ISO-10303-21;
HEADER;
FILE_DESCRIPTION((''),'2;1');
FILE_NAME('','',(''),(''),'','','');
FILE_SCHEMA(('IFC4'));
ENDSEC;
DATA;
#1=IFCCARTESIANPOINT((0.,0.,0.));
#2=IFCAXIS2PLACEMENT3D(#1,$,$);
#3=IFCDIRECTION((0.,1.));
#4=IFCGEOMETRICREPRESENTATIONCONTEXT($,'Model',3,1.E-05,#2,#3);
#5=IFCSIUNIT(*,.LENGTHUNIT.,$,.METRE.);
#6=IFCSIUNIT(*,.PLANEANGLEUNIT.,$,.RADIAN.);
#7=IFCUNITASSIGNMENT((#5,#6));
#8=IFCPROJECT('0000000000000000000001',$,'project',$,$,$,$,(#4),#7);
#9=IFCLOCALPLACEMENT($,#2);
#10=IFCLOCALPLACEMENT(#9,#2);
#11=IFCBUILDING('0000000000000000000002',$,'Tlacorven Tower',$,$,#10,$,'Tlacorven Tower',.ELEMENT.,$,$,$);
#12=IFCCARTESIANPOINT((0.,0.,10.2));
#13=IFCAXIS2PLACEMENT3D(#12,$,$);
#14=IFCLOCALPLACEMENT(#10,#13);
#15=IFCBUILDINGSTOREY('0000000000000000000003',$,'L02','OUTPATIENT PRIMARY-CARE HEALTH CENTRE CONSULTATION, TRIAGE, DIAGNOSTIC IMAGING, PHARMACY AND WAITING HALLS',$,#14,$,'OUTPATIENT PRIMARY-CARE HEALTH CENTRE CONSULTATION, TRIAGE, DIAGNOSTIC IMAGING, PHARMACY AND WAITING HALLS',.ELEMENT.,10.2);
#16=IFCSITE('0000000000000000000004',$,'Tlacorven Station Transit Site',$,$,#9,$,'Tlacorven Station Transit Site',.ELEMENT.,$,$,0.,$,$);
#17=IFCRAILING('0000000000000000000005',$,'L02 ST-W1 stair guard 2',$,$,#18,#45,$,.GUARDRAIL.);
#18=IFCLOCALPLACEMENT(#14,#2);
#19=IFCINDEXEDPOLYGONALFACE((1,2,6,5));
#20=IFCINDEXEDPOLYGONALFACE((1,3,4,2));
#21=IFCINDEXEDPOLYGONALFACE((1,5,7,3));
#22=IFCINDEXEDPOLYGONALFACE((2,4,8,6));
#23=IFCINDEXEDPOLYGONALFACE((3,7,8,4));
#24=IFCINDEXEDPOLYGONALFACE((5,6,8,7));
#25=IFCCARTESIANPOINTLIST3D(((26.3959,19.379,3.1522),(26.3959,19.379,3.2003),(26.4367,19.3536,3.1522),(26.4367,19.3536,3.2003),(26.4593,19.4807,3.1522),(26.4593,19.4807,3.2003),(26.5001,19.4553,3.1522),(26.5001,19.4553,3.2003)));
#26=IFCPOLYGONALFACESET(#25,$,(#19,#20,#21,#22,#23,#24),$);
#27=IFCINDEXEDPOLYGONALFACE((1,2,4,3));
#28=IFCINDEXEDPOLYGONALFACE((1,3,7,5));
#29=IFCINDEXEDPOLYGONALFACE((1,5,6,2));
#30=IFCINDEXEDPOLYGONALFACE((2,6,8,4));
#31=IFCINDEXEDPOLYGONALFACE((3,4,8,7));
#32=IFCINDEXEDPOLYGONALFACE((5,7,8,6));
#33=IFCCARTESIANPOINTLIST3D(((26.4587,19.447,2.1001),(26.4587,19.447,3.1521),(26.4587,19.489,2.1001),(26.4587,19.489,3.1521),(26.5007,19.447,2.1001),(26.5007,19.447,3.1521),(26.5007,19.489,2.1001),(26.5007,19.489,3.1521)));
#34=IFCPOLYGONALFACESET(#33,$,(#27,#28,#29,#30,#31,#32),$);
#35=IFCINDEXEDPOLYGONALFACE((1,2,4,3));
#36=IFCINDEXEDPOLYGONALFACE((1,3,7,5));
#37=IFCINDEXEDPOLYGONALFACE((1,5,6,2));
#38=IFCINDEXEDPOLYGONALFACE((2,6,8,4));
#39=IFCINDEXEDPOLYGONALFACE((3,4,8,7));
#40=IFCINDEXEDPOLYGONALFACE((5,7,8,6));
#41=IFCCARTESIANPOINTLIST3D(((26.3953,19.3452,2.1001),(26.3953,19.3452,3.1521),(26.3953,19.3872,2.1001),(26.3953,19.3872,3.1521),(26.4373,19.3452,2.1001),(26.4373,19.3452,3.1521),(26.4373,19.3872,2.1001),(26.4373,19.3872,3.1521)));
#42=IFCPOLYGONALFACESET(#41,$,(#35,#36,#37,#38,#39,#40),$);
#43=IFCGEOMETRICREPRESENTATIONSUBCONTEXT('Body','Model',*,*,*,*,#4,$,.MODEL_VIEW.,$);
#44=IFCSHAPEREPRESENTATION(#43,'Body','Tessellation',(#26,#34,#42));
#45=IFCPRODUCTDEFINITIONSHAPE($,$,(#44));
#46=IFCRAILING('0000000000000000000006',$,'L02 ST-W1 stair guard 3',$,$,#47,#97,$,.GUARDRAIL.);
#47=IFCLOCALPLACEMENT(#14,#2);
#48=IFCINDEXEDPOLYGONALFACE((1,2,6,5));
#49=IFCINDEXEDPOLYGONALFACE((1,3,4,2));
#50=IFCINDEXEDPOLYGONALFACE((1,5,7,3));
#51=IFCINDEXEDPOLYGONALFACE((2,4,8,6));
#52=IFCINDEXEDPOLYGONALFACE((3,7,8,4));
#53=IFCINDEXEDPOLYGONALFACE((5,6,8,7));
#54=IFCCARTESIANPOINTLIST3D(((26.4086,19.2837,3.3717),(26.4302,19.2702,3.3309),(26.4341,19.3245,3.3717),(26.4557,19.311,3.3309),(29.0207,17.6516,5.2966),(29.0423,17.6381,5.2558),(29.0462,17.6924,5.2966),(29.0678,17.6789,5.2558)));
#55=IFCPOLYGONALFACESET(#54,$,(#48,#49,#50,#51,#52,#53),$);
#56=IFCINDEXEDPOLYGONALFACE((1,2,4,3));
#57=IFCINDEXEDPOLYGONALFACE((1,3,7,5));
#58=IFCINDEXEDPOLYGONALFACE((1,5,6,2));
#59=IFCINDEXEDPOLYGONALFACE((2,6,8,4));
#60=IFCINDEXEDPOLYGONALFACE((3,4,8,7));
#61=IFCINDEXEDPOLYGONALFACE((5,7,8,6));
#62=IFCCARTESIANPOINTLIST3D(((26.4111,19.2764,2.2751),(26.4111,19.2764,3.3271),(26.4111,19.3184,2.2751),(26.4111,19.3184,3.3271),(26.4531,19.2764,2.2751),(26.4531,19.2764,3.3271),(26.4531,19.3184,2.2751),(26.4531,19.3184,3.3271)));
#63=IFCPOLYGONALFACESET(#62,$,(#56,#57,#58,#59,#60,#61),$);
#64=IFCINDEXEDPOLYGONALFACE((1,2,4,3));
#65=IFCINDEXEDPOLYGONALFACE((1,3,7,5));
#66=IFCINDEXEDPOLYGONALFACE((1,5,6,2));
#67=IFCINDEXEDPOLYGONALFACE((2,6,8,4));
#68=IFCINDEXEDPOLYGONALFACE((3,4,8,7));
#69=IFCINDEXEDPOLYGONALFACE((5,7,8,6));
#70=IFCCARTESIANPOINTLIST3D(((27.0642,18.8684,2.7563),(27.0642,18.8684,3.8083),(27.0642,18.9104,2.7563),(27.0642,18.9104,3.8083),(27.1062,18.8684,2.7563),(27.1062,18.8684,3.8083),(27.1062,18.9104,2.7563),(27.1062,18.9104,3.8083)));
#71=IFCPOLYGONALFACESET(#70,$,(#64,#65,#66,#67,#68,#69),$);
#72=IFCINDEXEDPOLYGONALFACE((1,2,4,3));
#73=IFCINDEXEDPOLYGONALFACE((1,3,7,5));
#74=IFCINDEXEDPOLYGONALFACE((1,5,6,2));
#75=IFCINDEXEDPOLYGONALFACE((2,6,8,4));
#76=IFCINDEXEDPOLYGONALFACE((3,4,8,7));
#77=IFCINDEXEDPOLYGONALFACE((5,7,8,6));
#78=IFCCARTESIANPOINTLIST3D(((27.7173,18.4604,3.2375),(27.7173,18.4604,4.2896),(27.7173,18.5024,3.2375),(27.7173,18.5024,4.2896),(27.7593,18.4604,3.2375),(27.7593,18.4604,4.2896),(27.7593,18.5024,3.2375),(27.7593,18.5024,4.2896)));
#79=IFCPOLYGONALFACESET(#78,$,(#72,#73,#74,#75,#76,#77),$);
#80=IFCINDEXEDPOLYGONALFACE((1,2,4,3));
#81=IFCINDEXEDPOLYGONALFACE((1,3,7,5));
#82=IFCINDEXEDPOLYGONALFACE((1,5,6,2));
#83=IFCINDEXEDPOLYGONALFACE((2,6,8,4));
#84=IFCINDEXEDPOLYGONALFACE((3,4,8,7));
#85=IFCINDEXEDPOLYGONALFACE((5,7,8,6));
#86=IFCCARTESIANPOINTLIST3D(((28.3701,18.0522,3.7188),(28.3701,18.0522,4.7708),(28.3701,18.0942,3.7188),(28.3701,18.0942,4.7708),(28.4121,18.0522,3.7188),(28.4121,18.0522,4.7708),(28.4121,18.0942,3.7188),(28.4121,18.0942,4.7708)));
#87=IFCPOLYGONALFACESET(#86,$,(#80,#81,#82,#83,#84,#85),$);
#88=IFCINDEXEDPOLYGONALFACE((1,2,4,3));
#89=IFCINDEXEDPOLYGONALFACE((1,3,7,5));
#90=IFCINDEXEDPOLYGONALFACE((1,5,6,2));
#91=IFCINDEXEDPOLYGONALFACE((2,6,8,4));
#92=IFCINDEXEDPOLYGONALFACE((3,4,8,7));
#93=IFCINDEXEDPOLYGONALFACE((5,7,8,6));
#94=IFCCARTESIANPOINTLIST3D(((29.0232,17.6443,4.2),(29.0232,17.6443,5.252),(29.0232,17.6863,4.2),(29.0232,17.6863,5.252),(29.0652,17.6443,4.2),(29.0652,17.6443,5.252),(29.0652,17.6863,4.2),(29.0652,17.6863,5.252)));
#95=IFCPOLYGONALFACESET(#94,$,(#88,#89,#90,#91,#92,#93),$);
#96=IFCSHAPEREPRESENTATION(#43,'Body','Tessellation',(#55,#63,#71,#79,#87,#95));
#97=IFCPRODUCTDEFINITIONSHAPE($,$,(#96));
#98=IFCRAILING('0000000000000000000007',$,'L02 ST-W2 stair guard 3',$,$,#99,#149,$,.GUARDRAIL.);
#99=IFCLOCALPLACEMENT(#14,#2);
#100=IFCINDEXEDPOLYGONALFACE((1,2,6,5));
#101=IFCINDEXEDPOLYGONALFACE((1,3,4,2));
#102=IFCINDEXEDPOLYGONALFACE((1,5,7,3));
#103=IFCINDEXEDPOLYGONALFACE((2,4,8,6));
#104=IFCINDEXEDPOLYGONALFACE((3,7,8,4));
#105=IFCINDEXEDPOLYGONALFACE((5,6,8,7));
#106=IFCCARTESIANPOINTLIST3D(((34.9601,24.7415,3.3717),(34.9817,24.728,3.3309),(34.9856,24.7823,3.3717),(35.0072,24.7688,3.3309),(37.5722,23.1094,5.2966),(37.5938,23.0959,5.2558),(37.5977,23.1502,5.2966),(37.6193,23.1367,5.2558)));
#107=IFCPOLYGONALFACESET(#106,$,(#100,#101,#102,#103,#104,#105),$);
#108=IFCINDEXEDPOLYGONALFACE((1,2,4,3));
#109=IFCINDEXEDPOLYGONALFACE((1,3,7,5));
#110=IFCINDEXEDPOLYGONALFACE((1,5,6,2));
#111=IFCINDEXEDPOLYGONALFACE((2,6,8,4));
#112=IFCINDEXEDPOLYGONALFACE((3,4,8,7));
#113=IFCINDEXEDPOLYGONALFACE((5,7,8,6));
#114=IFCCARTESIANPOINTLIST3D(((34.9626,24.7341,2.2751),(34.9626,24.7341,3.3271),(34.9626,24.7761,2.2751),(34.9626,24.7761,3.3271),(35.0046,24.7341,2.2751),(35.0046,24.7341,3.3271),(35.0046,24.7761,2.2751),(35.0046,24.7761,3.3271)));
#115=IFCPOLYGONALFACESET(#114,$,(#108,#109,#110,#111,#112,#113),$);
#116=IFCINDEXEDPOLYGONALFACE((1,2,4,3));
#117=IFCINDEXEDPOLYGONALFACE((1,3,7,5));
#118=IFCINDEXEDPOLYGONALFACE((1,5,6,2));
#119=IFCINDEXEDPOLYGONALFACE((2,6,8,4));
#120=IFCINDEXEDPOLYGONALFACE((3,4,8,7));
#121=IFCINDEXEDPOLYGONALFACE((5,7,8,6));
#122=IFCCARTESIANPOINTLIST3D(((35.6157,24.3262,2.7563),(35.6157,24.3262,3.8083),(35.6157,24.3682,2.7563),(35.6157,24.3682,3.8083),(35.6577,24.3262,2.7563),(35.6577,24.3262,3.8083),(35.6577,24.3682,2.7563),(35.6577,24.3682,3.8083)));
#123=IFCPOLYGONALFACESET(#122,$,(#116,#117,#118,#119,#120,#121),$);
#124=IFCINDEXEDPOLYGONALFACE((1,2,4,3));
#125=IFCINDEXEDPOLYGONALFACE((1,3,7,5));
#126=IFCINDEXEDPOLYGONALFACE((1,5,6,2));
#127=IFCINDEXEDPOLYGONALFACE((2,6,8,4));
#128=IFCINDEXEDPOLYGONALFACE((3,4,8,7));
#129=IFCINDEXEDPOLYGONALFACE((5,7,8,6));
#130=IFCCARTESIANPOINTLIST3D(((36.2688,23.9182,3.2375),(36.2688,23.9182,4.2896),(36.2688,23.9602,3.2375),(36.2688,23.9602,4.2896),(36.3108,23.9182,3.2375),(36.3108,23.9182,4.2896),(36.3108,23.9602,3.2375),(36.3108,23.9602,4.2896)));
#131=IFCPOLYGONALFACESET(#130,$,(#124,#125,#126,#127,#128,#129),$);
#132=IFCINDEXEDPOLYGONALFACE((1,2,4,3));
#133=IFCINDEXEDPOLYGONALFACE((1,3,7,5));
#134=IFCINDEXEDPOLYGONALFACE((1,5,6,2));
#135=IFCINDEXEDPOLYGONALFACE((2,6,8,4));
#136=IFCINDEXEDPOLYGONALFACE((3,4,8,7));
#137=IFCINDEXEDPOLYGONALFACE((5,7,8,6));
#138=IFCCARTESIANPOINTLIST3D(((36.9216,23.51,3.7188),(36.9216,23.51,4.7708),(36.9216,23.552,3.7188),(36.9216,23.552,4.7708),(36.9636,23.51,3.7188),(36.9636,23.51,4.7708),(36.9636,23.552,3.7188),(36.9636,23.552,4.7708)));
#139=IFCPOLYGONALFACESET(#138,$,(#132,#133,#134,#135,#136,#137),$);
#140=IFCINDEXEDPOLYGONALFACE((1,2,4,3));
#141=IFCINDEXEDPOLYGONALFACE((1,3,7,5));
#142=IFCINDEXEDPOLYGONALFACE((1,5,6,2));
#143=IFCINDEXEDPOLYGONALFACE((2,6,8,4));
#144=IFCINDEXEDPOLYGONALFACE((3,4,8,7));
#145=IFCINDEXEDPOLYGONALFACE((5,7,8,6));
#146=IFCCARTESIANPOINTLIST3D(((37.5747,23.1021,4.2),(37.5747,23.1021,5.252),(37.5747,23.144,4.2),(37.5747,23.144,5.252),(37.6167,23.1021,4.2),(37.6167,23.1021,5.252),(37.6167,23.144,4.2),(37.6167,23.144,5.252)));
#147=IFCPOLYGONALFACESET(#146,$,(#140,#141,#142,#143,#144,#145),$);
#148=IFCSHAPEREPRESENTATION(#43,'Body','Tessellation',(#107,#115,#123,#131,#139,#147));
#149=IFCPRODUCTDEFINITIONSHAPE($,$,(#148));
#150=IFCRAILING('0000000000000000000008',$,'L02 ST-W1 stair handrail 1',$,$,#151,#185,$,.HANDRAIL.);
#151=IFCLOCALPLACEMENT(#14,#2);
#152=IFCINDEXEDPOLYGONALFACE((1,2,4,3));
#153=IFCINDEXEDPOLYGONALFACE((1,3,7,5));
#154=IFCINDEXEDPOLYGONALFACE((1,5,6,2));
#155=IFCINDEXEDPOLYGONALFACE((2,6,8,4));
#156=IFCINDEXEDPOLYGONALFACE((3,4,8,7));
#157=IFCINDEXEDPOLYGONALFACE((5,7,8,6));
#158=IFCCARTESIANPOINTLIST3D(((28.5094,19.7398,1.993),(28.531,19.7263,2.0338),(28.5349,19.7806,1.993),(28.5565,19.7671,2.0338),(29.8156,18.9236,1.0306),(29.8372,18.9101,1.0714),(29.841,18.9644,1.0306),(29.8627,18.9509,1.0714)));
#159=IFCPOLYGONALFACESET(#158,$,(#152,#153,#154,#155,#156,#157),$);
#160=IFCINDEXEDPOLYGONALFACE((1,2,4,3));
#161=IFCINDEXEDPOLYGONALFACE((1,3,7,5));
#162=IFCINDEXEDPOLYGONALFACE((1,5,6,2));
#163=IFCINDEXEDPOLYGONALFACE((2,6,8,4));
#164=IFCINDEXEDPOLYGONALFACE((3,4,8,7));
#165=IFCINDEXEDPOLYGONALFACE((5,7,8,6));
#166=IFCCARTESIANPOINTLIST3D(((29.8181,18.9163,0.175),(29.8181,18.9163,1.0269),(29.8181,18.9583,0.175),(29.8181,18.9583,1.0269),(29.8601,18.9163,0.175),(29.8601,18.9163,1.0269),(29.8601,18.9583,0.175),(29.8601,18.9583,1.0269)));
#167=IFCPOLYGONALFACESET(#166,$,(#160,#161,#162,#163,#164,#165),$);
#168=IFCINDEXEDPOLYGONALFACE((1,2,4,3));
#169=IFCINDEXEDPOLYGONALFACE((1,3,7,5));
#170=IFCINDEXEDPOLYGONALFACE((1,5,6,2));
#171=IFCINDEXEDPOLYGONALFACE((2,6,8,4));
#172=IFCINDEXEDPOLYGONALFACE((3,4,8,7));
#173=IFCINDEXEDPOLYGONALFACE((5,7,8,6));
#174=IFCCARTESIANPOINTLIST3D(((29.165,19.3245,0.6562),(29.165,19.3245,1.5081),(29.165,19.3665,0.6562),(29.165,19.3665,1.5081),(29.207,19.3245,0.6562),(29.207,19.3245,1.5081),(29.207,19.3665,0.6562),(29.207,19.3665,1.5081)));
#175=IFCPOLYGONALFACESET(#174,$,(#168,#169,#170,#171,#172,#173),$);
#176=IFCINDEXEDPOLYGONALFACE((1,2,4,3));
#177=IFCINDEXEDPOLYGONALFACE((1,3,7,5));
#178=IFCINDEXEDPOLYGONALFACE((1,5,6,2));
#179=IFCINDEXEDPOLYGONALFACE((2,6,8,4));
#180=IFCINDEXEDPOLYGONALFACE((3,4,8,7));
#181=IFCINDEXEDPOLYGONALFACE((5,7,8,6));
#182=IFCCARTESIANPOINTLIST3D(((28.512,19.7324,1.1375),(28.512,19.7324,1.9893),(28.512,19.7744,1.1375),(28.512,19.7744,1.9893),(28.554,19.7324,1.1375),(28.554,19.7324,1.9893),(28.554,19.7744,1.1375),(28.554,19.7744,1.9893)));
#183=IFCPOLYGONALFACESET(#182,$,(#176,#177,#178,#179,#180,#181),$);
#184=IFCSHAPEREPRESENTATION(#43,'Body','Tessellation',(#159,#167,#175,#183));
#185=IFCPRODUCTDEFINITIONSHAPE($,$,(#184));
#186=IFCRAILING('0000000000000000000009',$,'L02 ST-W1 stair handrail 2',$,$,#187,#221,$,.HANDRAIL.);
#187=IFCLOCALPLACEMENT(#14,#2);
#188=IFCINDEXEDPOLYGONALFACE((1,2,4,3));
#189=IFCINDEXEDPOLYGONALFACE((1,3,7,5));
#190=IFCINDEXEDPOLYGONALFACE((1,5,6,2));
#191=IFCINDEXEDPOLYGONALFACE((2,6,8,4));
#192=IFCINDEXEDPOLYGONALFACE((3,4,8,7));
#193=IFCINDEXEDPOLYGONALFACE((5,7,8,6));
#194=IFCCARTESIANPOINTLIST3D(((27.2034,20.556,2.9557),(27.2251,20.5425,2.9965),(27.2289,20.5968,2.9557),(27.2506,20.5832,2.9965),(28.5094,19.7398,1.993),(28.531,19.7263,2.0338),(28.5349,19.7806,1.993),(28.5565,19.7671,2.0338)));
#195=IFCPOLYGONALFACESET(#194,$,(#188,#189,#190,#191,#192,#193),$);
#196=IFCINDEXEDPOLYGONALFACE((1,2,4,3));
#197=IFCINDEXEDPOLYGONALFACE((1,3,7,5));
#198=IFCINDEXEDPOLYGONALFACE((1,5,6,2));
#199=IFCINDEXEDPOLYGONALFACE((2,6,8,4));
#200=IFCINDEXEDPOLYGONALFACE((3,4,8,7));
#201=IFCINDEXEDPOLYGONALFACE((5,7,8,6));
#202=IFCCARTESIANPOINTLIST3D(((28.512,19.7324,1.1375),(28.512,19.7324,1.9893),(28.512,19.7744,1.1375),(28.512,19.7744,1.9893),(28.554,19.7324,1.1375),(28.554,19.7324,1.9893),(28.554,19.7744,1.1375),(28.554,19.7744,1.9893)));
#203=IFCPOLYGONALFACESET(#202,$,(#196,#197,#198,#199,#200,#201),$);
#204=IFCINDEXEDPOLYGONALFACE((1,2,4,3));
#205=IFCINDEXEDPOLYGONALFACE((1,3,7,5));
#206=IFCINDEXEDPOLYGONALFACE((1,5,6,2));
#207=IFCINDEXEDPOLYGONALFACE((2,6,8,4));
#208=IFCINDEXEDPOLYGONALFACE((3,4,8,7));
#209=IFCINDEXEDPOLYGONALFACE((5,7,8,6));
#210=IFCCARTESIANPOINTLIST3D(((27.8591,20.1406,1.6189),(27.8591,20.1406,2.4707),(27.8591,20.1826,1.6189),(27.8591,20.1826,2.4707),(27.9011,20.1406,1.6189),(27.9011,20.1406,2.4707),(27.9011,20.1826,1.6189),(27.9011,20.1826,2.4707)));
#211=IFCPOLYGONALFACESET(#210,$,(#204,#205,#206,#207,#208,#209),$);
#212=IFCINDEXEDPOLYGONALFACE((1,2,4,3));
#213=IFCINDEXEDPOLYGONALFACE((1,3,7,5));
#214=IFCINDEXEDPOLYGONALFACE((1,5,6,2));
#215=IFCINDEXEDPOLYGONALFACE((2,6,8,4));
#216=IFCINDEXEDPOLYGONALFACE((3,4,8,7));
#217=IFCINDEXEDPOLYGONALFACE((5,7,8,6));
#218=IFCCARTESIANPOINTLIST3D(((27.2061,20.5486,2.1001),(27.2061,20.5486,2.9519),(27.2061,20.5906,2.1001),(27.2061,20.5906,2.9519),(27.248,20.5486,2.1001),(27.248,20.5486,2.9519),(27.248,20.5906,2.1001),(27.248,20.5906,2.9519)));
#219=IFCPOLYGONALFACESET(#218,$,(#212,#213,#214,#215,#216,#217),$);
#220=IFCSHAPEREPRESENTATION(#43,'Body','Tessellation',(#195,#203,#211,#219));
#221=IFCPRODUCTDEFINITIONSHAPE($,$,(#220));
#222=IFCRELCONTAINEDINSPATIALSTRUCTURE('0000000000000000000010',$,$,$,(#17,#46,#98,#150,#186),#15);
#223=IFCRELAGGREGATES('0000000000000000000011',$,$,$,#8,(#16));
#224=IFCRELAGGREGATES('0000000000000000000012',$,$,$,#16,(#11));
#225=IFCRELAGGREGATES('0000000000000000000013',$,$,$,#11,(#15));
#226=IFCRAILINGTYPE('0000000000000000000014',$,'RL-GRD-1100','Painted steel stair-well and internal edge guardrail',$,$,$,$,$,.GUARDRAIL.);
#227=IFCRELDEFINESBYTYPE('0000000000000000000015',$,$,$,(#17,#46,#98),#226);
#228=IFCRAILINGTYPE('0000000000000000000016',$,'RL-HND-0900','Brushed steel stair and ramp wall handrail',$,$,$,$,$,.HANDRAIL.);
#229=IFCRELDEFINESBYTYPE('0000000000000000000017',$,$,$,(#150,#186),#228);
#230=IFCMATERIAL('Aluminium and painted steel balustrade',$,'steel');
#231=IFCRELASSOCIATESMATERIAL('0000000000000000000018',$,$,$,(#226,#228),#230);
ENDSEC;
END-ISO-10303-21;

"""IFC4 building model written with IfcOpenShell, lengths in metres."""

from ifc_helpers import new_model, si_unit, direction, frame, origin, origin_2d, place, context, subcontext, project, spatial, rectangle, extrude, source, transform, mapped, material, type_object, element, save


model = new_model("IFC4")

# Units and contexts
model_context = context("Model", 3, precision=1e-05, world=origin(), true_north=direction((0.0, 1.0)))
body_context = subcontext(model_context, "Body", "Model", "MODEL_VIEW")
ifc_project = project(units=[si_unit("LENGTHUNIT", "METRE"), si_unit("PLANEANGLEUNIT", "RADIAN")], contexts=[model_context])

# Site, building, storey
site_placement = place(None, origin())
site = spatial("IfcSite", under=ifc_project, at=site_placement, Name="Tlacorven Station Transit Site", LongName="Tlacorven Station Transit Site", CompositionType="ELEMENT", RefElevation=0.0)
building_placement = place(site_placement, origin())
building = spatial("IfcBuilding", under=site, at=building_placement, Name="Tlacorven Tower", LongName="Tlacorven Tower", CompositionType="ELEMENT")
storey_placement = place(building_placement, frame((0.0, 0.0, 10.2)))
storey = spatial("IfcBuildingStorey", under=building, at=storey_placement, Name="L02", Description="OUTPATIENT PRIMARY-CARE HEALTH CENTRE CONSULTATION, TRIAGE, DIAGNOSTIC IMAGING, PHARMACY AND WAITING HALLS", LongName="OUTPATIENT PRIMARY-CARE HEALTH CENTRE CONSULTATION, TRIAGE, DIAGNOSTIC IMAGING, PHARMACY AND WAITING HALLS", CompositionType="ELEMENT", Elevation=10.2)

# Railings
ifc_material_1 = material(Name="Aluminium and painted steel balustrade", Category="steel")
railing_type_1 = type_object("IfcRailingType", Name="RL-GRD-1100", Description="Painted steel stair-well and internal edge guardrail", PredefinedType="GUARDRAIL", material=ifc_material_1)
shared_shape_1 = source(origin(), body_context, "Body", "SweptSolid", [
    extrude(rectangle(XDim=0.0481, YDim=0.0481, at=origin_2d()), frame((0.0, 0.0, 1.0762), z_axis=(-0.529084, -0.848569, 0.0), x_axis=(0.848569, -0.529084, 0.0)), (0.0, 0.0, 1.0), 0.1199),
    extrude(rectangle(XDim=0.042, YDim=0.042, at=origin_2d()), origin(), (0.0, 0.0, 1.0), 1.052),
    extrude(rectangle(XDim=0.042, YDim=0.042, at=origin_2d()), frame((-0.0635, -0.1018, 0.0)), (0.0, 0.0, 1.0), 1.052),
])
railing_1_placement = place(storey_placement, frame((26.4797, 19.468, 2.1001)))
element("IfcRailing", 1, at=railing_1_placement, inside=storey, type_object=railing_type_1, Name="L02 ST-W1 stair guard 2", PredefinedType="GUARDRAIL", context=body_context, shape_type="MappedRepresentation", body=[
    mapped(shared_shape_1, transform((0.0, 0.0, 0.0), scale=1.0)),
])
shared_shape_2 = source(origin(), body_context, "Body", "SweptSolid", [
    extrude(rectangle(XDim=0.0481, YDim=0.0481, at=origin_2d()), frame((0.0, 0.0, 1.0762), z_axis=(0.71918, -0.449361, 0.529957), x_axis=(0.529892, 0.848065, 0.0)), (0.0, 0.0, 1.0), 3.6321),
    extrude(rectangle(XDim=0.042, YDim=0.042, at=origin_2d()), origin(), (0.0, 0.0, 1.0), 1.052),
    extrude(rectangle(XDim=0.042, YDim=0.042, at=origin_2d()), frame((0.6531, -0.408, 0.4812)), (0.0, 0.0, 1.0), 1.052),
    extrude(rectangle(XDim=0.042, YDim=0.042, at=origin_2d()), frame((1.3062, -0.8159, 0.9624)), (0.0, 0.0, 1.0), 1.052),
    extrude(rectangle(XDim=0.042, YDim=0.042, at=origin_2d()), frame((1.959, -1.2241, 1.4436)), (0.0, 0.0, 1.0), 1.052),
    extrude(rectangle(XDim=0.042, YDim=0.042, at=origin_2d()), frame((2.6121, -1.6321, 1.9248)), (0.0, 0.0, 1.0), 1.052),
])
for number, where, name in (
    (2, (26.4321, 19.2974, 2.2751), "L02 ST-W1 stair guard 3"),
    (3, (34.9836, 24.7551, 2.2751), "L02 ST-W2 stair guard 3"),
):
    element("IfcRailing", number, at=place(storey_placement, frame(where)), inside=storey, type_object=railing_type_1, Name=name, PredefinedType="GUARDRAIL", context=body_context, shape_type="MappedRepresentation", body=[
        mapped(shared_shape_2, transform((0.0, 0.0, 0.0), scale=1.0)),
    ])
railing_type_2 = type_object("IfcRailingType", Name="RL-HND-0900", Description="Brushed steel stair and ramp wall handrail", PredefinedType="HANDRAIL", material=ifc_material_1)
shared_shape_3 = source(origin(), body_context, "Body", "SweptSolid", [
    extrude(rectangle(XDim=0.0481, YDim=0.0481, at=origin_2d()), frame((0.0, 0.0, 0.876), z_axis=(-0.719191, 0.449393, 0.529916), x_axis=(-0.529913, -0.848052, 0.0)), (0.0, 0.0, 1.0), 1.8162),
    extrude(rectangle(XDim=0.042, YDim=0.042, at=origin_2d()), origin(), (0.0, 0.0, 1.0), 0.8518),
    extrude(rectangle(XDim=0.042, YDim=0.042, at=origin_2d()), frame((-0.6531, 0.4082, 0.4812)), (0.0, 0.0, 1.0), 0.8518),
    extrude(rectangle(XDim=0.042, YDim=0.042, at=origin_2d()), frame((-1.3062, 0.8162, 0.9624)), (0.0, 0.0, 1.0), 0.8518),
])
railing_2_placement = place(storey_placement, frame((29.8391, 18.9373, 0.175)))
element("IfcRailing", 4, at=railing_2_placement, inside=storey, type_object=railing_type_2, Name="L02 ST-W1 stair handrail 1", PredefinedType="HANDRAIL", context=body_context, shape_type="MappedRepresentation", body=[
    mapped(shared_shape_3, transform((0.0, 0.0, 0.0), scale=1.0)),
])
shared_shape_4 = source(origin(), body_context, "Body", "SweptSolid", [
    extrude(rectangle(XDim=0.0481, YDim=0.0481, at=origin_2d()), frame((0.0, 0.0, 0.876), z_axis=(-0.719074, 0.449405, 0.530064), x_axis=(-0.529985, -0.848007, 0.0)), (0.0, 0.0, 1.0), 1.8162),
    extrude(rectangle(XDim=0.042, YDim=0.042, at=origin_2d()), origin(), (0.0, 0.0, 1.0), 0.8518),
    extrude(rectangle(XDim=0.042, YDim=0.042, at=origin_2d()), frame((-0.6528, 0.4082, 0.4814)), (0.0, 0.0, 1.0), 0.8518),
    extrude(rectangle(XDim=0.042, YDim=0.042, at=origin_2d()), frame((-1.3059, 0.8162, 0.9626)), (0.0, 0.0, 1.0), 0.8518),
])
railing_3_placement = place(storey_placement, frame((28.533, 19.7534, 1.1375)))
element("IfcRailing", 5, at=railing_3_placement, inside=storey, type_object=railing_type_2, Name="L02 ST-W1 stair handrail 2", PredefinedType="HANDRAIL", context=body_context, shape_type="MappedRepresentation", body=[
    mapped(shared_shape_4, transform((0.0, 0.0, 0.0), scale=1.0)),
])

save(model, "model.ifc")
